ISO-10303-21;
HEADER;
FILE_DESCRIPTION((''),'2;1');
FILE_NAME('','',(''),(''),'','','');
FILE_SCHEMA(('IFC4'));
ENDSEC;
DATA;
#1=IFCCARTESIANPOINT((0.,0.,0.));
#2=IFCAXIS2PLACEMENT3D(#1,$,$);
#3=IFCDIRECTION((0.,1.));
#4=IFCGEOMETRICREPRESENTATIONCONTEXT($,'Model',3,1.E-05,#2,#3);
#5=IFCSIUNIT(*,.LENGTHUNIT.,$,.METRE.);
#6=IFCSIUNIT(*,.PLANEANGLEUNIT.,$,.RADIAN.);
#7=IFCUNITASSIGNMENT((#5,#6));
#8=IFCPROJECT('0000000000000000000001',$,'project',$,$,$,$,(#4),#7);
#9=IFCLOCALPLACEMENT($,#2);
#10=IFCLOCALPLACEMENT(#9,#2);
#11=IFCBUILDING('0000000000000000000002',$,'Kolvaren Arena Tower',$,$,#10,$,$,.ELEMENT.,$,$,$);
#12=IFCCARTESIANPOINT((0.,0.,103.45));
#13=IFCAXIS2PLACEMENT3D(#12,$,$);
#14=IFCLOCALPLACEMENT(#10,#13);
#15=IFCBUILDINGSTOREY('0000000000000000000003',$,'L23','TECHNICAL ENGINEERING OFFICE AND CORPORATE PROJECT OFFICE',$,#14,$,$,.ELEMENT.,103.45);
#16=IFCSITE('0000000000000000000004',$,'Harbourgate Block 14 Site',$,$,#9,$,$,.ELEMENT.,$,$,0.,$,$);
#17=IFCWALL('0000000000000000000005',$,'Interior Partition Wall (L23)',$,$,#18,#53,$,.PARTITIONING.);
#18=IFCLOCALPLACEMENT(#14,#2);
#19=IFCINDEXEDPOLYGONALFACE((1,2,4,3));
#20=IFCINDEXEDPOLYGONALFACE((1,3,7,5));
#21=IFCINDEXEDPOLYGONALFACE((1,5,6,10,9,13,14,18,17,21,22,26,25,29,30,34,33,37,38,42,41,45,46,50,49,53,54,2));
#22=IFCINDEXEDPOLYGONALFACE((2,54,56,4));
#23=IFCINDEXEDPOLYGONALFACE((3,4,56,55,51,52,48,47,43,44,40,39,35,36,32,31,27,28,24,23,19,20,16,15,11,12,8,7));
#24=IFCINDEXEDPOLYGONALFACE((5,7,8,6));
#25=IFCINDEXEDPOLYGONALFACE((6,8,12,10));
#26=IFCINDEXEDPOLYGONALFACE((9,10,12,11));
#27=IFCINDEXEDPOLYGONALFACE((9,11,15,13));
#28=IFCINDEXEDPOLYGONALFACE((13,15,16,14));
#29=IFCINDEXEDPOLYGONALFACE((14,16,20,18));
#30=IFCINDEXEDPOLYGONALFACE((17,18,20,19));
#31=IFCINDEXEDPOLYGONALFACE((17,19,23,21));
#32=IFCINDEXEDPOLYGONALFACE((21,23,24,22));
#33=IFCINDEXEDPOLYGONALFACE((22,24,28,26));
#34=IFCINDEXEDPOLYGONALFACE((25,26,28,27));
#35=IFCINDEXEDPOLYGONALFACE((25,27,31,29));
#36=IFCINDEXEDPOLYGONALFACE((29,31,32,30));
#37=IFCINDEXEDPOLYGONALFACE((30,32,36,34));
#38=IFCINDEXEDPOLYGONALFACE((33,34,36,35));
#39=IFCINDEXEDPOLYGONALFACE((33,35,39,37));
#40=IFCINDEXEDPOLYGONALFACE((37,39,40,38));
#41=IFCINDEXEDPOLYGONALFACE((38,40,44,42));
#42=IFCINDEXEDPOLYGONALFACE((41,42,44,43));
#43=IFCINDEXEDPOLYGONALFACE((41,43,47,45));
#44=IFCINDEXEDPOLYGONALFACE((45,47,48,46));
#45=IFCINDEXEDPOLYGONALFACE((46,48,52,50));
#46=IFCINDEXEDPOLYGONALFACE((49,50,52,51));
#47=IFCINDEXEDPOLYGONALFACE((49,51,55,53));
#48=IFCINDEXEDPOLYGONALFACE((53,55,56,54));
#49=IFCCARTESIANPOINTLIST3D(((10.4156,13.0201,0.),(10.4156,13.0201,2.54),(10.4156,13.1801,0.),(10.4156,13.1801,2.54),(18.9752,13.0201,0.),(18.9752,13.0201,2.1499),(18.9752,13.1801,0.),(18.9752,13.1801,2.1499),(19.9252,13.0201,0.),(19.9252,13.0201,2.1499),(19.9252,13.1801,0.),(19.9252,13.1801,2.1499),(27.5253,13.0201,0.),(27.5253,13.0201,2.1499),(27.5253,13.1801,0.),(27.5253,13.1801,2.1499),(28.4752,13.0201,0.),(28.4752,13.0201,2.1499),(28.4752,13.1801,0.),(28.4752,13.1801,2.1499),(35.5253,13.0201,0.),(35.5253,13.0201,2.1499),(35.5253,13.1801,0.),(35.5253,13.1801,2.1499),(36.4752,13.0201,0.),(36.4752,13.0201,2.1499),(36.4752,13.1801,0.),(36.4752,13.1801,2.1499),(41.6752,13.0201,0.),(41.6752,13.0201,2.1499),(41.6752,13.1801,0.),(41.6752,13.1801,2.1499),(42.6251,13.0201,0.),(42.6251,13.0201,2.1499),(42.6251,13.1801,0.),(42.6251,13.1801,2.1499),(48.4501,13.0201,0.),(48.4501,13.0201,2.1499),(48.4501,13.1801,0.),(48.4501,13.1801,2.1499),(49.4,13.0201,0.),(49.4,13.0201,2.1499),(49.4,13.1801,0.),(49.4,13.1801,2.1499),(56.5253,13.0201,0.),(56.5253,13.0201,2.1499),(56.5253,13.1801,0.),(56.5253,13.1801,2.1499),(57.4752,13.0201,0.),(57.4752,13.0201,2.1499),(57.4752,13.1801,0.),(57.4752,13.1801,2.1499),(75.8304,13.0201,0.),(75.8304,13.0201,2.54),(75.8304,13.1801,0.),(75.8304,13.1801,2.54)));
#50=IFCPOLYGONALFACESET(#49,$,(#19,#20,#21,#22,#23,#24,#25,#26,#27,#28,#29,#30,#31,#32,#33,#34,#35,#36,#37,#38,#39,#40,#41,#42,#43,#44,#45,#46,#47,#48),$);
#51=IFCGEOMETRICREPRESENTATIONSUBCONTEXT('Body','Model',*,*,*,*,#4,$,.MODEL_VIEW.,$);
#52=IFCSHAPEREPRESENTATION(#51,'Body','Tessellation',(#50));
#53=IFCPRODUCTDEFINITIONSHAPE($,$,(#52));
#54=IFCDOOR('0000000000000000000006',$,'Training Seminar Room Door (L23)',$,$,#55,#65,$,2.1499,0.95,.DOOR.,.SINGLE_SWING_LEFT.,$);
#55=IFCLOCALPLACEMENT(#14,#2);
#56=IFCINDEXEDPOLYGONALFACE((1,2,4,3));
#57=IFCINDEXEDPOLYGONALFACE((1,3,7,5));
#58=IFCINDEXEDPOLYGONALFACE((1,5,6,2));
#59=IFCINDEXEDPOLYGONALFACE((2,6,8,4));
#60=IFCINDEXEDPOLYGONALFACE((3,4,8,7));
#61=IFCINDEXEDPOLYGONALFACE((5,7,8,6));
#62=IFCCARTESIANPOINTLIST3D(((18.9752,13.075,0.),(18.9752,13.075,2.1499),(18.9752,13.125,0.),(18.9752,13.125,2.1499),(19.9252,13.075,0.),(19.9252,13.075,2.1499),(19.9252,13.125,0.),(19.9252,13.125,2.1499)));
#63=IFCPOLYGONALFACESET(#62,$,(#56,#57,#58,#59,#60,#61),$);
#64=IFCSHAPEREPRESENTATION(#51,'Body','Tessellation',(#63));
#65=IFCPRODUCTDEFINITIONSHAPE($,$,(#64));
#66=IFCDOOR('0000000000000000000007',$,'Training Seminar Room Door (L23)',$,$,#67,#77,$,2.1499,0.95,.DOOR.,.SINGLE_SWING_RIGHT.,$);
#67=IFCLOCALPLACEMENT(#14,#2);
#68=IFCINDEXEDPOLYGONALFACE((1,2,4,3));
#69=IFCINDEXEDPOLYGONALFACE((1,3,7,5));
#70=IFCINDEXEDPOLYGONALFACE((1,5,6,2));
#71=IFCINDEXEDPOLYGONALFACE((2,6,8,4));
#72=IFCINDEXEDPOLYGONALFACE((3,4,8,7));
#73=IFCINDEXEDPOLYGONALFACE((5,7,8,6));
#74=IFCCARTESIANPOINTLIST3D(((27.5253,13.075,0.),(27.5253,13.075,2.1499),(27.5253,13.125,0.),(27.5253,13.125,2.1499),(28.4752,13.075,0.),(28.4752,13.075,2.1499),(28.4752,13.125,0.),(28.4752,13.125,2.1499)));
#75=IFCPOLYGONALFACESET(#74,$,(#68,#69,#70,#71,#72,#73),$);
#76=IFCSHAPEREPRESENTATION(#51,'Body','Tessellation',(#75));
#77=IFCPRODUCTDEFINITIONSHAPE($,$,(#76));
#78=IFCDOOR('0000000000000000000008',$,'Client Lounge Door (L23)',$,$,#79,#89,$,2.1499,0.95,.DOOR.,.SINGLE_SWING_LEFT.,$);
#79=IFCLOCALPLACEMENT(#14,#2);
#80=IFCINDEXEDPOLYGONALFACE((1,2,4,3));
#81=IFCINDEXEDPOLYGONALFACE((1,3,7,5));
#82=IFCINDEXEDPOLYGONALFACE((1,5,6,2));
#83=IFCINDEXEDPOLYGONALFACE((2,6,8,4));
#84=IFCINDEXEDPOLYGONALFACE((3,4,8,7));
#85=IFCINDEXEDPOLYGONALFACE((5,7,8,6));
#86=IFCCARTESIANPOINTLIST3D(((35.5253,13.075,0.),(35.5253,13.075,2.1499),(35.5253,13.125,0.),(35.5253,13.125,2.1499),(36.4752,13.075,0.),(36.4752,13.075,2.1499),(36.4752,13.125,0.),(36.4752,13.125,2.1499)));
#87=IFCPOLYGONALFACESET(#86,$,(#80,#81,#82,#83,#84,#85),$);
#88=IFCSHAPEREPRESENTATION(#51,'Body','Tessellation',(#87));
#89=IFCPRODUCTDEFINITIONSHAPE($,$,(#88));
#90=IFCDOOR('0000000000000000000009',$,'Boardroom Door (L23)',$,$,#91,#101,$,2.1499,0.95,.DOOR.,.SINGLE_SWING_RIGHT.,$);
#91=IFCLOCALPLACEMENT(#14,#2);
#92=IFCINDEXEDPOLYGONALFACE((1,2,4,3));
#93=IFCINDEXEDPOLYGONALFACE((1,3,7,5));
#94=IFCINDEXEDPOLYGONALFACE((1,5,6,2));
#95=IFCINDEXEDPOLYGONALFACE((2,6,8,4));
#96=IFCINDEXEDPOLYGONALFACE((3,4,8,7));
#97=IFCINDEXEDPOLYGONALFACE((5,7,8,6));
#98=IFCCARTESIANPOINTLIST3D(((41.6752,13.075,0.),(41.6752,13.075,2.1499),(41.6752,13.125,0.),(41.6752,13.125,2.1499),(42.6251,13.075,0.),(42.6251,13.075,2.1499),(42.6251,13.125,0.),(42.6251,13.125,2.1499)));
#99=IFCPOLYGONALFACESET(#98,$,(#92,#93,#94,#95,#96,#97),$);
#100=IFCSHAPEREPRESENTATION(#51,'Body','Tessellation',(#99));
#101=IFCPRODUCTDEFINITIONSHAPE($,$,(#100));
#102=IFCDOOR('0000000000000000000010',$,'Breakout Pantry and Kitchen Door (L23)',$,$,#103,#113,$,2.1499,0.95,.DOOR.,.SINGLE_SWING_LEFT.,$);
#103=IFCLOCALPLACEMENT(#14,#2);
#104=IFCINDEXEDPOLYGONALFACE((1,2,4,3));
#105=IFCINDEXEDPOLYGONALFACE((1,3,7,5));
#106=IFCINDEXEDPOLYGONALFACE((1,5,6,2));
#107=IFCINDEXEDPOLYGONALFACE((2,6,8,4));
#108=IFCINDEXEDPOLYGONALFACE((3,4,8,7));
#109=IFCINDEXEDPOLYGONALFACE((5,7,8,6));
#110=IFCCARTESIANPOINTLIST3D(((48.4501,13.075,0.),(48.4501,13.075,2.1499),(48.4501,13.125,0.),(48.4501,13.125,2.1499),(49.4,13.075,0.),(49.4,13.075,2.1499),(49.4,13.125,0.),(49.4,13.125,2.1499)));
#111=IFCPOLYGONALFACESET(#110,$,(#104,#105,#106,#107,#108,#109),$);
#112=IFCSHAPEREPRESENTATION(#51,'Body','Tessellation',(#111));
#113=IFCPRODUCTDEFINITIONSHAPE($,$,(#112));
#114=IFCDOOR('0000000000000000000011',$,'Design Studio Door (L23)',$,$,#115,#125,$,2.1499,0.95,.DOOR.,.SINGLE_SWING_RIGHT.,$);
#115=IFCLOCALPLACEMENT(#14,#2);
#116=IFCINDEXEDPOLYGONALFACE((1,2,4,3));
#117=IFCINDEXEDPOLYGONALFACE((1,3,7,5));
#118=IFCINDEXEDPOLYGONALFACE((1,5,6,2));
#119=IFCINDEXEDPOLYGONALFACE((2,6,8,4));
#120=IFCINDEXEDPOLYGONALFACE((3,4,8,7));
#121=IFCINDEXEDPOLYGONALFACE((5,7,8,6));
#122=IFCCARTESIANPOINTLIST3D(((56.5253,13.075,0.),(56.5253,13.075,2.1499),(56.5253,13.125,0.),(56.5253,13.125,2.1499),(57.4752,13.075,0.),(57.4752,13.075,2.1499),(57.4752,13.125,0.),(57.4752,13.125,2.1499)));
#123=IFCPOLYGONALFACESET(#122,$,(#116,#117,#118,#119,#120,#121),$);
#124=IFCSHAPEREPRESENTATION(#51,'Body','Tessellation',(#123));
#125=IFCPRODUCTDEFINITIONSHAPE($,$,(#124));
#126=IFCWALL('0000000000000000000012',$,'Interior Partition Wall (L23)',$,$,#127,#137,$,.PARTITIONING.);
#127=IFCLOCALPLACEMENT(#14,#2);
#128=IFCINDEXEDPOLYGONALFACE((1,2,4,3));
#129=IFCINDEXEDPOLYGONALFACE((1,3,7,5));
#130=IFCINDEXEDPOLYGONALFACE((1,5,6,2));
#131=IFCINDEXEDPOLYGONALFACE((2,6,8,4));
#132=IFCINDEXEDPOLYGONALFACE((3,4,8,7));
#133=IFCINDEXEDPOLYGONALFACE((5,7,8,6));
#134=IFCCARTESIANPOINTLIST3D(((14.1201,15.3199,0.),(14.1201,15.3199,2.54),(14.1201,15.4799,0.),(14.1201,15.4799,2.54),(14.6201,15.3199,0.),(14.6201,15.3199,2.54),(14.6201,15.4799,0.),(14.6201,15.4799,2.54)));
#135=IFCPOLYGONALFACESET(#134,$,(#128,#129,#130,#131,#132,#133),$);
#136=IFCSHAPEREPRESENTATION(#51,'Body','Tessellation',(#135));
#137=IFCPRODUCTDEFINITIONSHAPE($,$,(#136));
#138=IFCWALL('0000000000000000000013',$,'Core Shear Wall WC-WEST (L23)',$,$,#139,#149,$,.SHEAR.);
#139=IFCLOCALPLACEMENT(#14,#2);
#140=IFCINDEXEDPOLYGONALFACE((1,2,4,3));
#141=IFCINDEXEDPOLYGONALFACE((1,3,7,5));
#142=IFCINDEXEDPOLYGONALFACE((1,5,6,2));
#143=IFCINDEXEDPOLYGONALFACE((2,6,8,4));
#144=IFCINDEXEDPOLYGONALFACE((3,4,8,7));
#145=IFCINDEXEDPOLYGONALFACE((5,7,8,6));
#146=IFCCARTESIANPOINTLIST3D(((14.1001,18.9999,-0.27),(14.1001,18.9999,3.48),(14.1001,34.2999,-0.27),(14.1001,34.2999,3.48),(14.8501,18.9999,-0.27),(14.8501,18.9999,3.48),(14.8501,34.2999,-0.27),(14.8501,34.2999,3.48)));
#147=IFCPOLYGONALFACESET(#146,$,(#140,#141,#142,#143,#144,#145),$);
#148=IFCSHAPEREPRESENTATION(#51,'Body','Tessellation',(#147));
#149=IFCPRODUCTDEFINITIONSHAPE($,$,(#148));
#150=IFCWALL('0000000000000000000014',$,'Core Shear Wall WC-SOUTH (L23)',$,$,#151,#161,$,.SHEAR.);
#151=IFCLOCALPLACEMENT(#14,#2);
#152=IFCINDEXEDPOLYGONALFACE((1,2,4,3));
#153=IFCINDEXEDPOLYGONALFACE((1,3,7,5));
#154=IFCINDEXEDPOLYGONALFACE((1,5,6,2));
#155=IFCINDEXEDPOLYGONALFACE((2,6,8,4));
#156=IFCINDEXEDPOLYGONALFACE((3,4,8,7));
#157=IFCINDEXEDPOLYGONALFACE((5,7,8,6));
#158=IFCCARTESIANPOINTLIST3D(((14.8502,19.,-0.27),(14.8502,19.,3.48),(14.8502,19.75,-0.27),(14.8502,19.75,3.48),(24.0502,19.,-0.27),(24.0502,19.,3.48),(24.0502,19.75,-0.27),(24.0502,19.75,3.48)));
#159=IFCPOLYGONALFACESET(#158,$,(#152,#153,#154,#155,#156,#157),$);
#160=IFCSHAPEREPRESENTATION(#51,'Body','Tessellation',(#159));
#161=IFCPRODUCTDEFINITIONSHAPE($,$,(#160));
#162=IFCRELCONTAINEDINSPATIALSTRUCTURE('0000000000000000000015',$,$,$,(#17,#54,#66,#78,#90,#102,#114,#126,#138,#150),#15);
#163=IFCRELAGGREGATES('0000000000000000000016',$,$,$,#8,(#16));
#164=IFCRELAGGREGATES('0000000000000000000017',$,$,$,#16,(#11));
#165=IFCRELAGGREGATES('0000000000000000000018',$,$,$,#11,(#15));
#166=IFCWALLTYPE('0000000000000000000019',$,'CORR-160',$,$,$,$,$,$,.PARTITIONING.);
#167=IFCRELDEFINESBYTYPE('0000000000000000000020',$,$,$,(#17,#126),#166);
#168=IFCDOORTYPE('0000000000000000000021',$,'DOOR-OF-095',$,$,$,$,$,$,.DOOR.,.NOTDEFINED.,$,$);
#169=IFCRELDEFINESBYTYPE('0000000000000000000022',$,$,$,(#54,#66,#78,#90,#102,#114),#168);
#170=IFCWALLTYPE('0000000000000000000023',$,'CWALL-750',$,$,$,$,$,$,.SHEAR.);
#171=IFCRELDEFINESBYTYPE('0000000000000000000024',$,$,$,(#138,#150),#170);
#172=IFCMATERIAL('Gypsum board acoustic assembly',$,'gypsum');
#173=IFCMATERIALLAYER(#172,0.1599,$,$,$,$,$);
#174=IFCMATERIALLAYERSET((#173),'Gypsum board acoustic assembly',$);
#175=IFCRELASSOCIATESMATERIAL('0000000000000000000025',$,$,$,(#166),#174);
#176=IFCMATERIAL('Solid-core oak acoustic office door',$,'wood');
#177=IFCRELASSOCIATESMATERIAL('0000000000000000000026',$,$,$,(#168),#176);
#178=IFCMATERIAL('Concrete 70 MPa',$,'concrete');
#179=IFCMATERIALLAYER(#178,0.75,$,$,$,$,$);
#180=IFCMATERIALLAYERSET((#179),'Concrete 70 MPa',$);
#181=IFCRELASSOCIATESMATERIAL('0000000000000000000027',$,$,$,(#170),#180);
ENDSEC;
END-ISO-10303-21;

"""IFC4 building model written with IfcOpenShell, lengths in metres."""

from ifc_helpers import new_model, si_unit, direction, frame, frame_2d, origin, place, context, subcontext, project, spatial, rectangle, extrude, material, layer, layer_set, type_object, element, fill, save


model = new_model("IFC4")

# Units and contexts
model_context = context("Model", 3, precision=1e-05, world=origin(), true_north=direction((0.0, 1.0)))
body_context = subcontext(model_context, "Body", "Model", "MODEL_VIEW")
ifc_project = project(units=[si_unit("LENGTHUNIT", "METRE"), si_unit("PLANEANGLEUNIT", "RADIAN")], contexts=[model_context])

# Site, building, storey
site_placement = place(None, origin())
site = spatial("IfcSite", under=ifc_project, at=site_placement, Name="Harbourgate Block 14 Site", CompositionType="ELEMENT", RefElevation=0.0)
building_placement = place(site_placement, origin())
building = spatial("IfcBuilding", under=site, at=building_placement, Name="Kolvaren Arena Tower", CompositionType="ELEMENT")
storey_placement = place(building_placement, frame((0.0, 0.0, 103.45)))
storey = spatial("IfcBuildingStorey", under=building, at=storey_placement, Name="L23", Description="TECHNICAL ENGINEERING OFFICE AND CORPORATE PROJECT OFFICE", CompositionType="ELEMENT", Elevation=103.45)

# Wall, openings, doors
ifc_material_1 = material(Name="Gypsum board acoustic assembly", Category="gypsum")
ifc_layer_1 = layer(ifc_material_1, 0.1599)
ifc_layer_set_1 = layer_set([ifc_layer_1], Name="Gypsum board acoustic assembly")
wall_type_1 = type_object("IfcWallType", Name="CORR-160", PredefinedType="PARTITIONING", material=ifc_layer_set_1)
wall_1_placement = place(storey_placement, frame((10.4155, 13.1001, 0.0), z_axis=(0.0, 0.0, 1.0), x_axis=(1.0, 0.0, 0.0)))
wall_1 = element("IfcWall", 1, at=wall_1_placement, inside=storey, type_object=wall_type_1, Name="Interior Partition Wall (L23)", PredefinedType="PARTITIONING", context=body_context, shape_type="SweptSolid", body=[
    extrude(rectangle(XDim=65.4148, YDim=0.1599, at=frame_2d((32.7075, 0.0))), origin(), (0.0, 0.0, 1.0), 2.54),
])
opening_1_placement = place(wall_1_placement, frame((8.5596, 0.0, 0.0)))
opening_1 = element("IfcOpeningElement", 2, at=opening_1_placement, cuts=wall_1, PredefinedType="OPENING", context=body_context, shape_type="SweptSolid", body=[
    extrude(rectangle(XDim=0.95, YDim=2.1499, at=frame_2d((0.4751, 1.075))), frame((0.0, 0.0898, 0.0), z_axis=(0.0, -1.0, 0.0), x_axis=(1.0, 0.0, 0.0)), (0.0, 0.0, 1.0), 0.1799),
])
opening_2_placement = place(wall_1_placement, frame((17.1096, 0.0, 0.0)))
opening_2 = element("IfcOpeningElement", 3, at=opening_2_placement, cuts=wall_1, PredefinedType="OPENING", context=body_context, shape_type="SweptSolid", body=[
    extrude(rectangle(XDim=0.95, YDim=2.1499, at=frame_2d((0.4751, 1.075))), frame((0.0, 0.0898, 0.0), z_axis=(0.0, -1.0, 0.0), x_axis=(1.0, 0.0, 0.0)), (0.0, 0.0, 1.0), 0.1799),
])
opening_3_placement = place(wall_1_placement, frame((25.1096, 0.0, 0.0)))
opening_3 = element("IfcOpeningElement", 4, at=opening_3_placement, cuts=wall_1, PredefinedType="OPENING", context=body_context, shape_type="SweptSolid", body=[
    extrude(rectangle(XDim=0.95, YDim=2.1499, at=frame_2d((0.4751, 1.075))), frame((0.0, 0.0898, 0.0), z_axis=(0.0, -1.0, 0.0), x_axis=(1.0, 0.0, 0.0)), (0.0, 0.0, 1.0), 0.1799),
])
opening_4_placement = place(wall_1_placement, frame((31.2595, 0.0, 0.0)))
opening_4 = element("IfcOpeningElement", 5, at=opening_4_placement, cuts=wall_1, PredefinedType="OPENING", context=body_context, shape_type="SweptSolid", body=[
    extrude(rectangle(XDim=0.95, YDim=2.1499, at=frame_2d((0.4751, 1.075))), frame((0.0, 0.0898, 0.0), z_axis=(0.0, -1.0, 0.0), x_axis=(1.0, 0.0, 0.0)), (0.0, 0.0, 1.0), 0.1799),
])
opening_5_placement = place(wall_1_placement, frame((38.0344, 0.0, 0.0)))
opening_5 = element("IfcOpeningElement", 6, at=opening_5_placement, cuts=wall_1, PredefinedType="OPENING", context=body_context, shape_type="SweptSolid", body=[
    extrude(rectangle(XDim=0.95, YDim=2.1499, at=frame_2d((0.4751, 1.075))), frame((0.0, 0.0898, 0.0), z_axis=(0.0, -1.0, 0.0), x_axis=(1.0, 0.0, 0.0)), (0.0, 0.0, 1.0), 0.1799),
])
opening_6_placement = place(wall_1_placement, frame((46.1096, 0.0, 0.0)))
opening_6 = element("IfcOpeningElement", 7, at=opening_6_placement, cuts=wall_1, PredefinedType="OPENING", context=body_context, shape_type="SweptSolid", body=[
    extrude(rectangle(XDim=0.95, YDim=2.1499, at=frame_2d((0.4751, 1.075))), frame((0.0, 0.0898, 0.0), z_axis=(0.0, -1.0, 0.0), x_axis=(1.0, 0.0, 0.0)), (0.0, 0.0, 1.0), 0.1799),
])
ifc_material_2 = material(Name="Solid-core oak acoustic office door", Category="wood")
door_type_1 = type_object("IfcDoorType", Name="DOOR-OF-095", OperationType="NOTDEFINED", PredefinedType="DOOR", material=ifc_material_2)
door_1_placement = place(opening_1_placement, origin())
door_1 = element("IfcDoor", 8, at=door_1_placement, inside=storey, type_object=door_type_1, Name="Training Seminar Room Door (L23)", OperationType="SINGLE_SWING_LEFT", OverallHeight=2.1499, OverallWidth=0.95, PredefinedType="DOOR", context=body_context, shape_type="SweptSolid", body=[
    extrude(rectangle(XDim=0.95, YDim=2.1499, at=frame_2d((0.4751, 1.075))), frame((0.0, 0.0249, 0.0), z_axis=(0.0, -1.0, 0.0), x_axis=(1.0, 0.0, 0.0)), (0.0, 0.0, 1.0), 0.05),
])
fill(opening_1, door_1)
door_2_placement = place(opening_2_placement, origin())
door_2 = element("IfcDoor", 9, at=door_2_placement, inside=storey, type_object=door_type_1, Name="Training Seminar Room Door (L23)", OperationType="SINGLE_SWING_RIGHT", OverallHeight=2.1499, OverallWidth=0.95, PredefinedType="DOOR", context=body_context, shape_type="SweptSolid", body=[
    extrude(rectangle(XDim=0.95, YDim=2.1499, at=frame_2d((0.4751, 1.075))), frame((0.0, 0.0249, 0.0), z_axis=(0.0, -1.0, 0.0), x_axis=(1.0, 0.0, 0.0)), (0.0, 0.0, 1.0), 0.05),
])
fill(opening_2, door_2)
door_3_placement = place(opening_3_placement, origin())
door_3 = element("IfcDoor", 10, at=door_3_placement, inside=storey, type_object=door_type_1, Name="Client Lounge Door (L23)", OperationType="SINGLE_SWING_LEFT", OverallHeight=2.1499, OverallWidth=0.95, PredefinedType="DOOR", context=body_context, shape_type="SweptSolid", body=[
    extrude(rectangle(XDim=0.95, YDim=2.1499, at=frame_2d((0.4751, 1.075))), frame((0.0, 0.0249, 0.0), z_axis=(0.0, -1.0, 0.0), x_axis=(1.0, 0.0, 0.0)), (0.0, 0.0, 1.0), 0.05),
])
fill(opening_3, door_3)
door_4_placement = place(opening_4_placement, origin())
door_4 = element("IfcDoor", 11, at=door_4_placement, inside=storey, type_object=door_type_1, Name="Boardroom Door (L23)", OperationType="SINGLE_SWING_RIGHT", OverallHeight=2.1499, OverallWidth=0.95, PredefinedType="DOOR", context=body_context, shape_type="SweptSolid", body=[
    extrude(rectangle(XDim=0.95, YDim=2.1499, at=frame_2d((0.4751, 1.075))), frame((0.0, 0.0249, 0.0), z_axis=(0.0, -1.0, 0.0), x_axis=(1.0, 0.0, 0.0)), (0.0, 0.0, 1.0), 0.05),
])
fill(opening_4, door_4)
door_5_placement = place(opening_5_placement, origin())
door_5 = element("IfcDoor", 12, at=door_5_placement, inside=storey, type_object=door_type_1, Name="Breakout Pantry and Kitchen Door (L23)", OperationType="SINGLE_SWING_LEFT", OverallHeight=2.1499, OverallWidth=0.95, PredefinedType="DOOR", context=body_context, shape_type="SweptSolid", body=[
    extrude(rectangle(XDim=0.95, YDim=2.1499, at=frame_2d((0.4751, 1.075))), frame((0.0, 0.0249, 0.0), z_axis=(0.0, -1.0, 0.0), x_axis=(1.0, 0.0, 0.0)), (0.0, 0.0, 1.0), 0.05),
])
fill(opening_5, door_5)
door_6_placement = place(opening_6_placement, origin())
door_6 = element("IfcDoor", 13, at=door_6_placement, inside=storey, type_object=door_type_1, Name="Design Studio Door (L23)", OperationType="SINGLE_SWING_RIGHT", OverallHeight=2.1499, OverallWidth=0.95, PredefinedType="DOOR", context=body_context, shape_type="SweptSolid", body=[
    extrude(rectangle(XDim=0.95, YDim=2.1499, at=frame_2d((0.4751, 1.075))), frame((0.0, 0.0249, 0.0), z_axis=(0.0, -1.0, 0.0), x_axis=(1.0, 0.0, 0.0)), (0.0, 0.0, 1.0), 0.05),
])
fill(opening_6, door_6)

# Walls
wall_2_placement = place(storey_placement, frame((14.1201, 15.3999, 0.0), z_axis=(0.0, 0.0, 1.0), x_axis=(1.0, 0.0, 0.0)))
element("IfcWall", 14, at=wall_2_placement, inside=storey, type_object=wall_type_1, Name="Interior Partition Wall (L23)", PredefinedType="PARTITIONING", context=body_context, shape_type="SweptSolid", body=[
    extrude(rectangle(XDim=0.5, YDim=0.1599, at=frame_2d((0.25, 0.0))), origin(), (0.0, 0.0, 1.0), 2.54),
])
ifc_material_3 = material(Name="Concrete 70 MPa", Category="concrete")
ifc_layer_2 = layer(ifc_material_3, 0.75)
ifc_layer_set_2 = layer_set([ifc_layer_2], Name="Concrete 70 MPa")
wall_type_2 = type_object("IfcWallType", Name="CWALL-750", PredefinedType="SHEAR", material=ifc_layer_set_2)
wall_3_placement = place(storey_placement, frame((14.4751, 19.0, -0.27), z_axis=(0.0, 0.0, 1.0), x_axis=(0.0, 1.0, 0.0)))
element("IfcWall", 15, at=wall_3_placement, inside=storey, type_object=wall_type_2, Name="Core Shear Wall WC-WEST (L23)", PredefinedType="SHEAR", context=body_context, shape_type="SweptSolid", body=[
    extrude(rectangle(XDim=15.3, YDim=0.75, at=frame_2d((7.6499, 0.0))), origin(), (0.0, 0.0, 1.0), 3.75),
])
wall_4_placement = place(storey_placement, frame((14.8501, 19.375, -0.27), z_axis=(0.0, 0.0, 1.0), x_axis=(1.0, 0.0, 0.0)))
element("IfcWall", 16, at=wall_4_placement, inside=storey, type_object=wall_type_2, Name="Core Shear Wall WC-SOUTH (L23)", PredefinedType="SHEAR", context=body_context, shape_type="SweptSolid", body=[
    extrude(rectangle(XDim=9.2, YDim=0.75, at=frame_2d((4.6001, 0.0))), origin(), (0.0, 0.0, 1.0), 3.75),
])

save(model, "model.ifc")
